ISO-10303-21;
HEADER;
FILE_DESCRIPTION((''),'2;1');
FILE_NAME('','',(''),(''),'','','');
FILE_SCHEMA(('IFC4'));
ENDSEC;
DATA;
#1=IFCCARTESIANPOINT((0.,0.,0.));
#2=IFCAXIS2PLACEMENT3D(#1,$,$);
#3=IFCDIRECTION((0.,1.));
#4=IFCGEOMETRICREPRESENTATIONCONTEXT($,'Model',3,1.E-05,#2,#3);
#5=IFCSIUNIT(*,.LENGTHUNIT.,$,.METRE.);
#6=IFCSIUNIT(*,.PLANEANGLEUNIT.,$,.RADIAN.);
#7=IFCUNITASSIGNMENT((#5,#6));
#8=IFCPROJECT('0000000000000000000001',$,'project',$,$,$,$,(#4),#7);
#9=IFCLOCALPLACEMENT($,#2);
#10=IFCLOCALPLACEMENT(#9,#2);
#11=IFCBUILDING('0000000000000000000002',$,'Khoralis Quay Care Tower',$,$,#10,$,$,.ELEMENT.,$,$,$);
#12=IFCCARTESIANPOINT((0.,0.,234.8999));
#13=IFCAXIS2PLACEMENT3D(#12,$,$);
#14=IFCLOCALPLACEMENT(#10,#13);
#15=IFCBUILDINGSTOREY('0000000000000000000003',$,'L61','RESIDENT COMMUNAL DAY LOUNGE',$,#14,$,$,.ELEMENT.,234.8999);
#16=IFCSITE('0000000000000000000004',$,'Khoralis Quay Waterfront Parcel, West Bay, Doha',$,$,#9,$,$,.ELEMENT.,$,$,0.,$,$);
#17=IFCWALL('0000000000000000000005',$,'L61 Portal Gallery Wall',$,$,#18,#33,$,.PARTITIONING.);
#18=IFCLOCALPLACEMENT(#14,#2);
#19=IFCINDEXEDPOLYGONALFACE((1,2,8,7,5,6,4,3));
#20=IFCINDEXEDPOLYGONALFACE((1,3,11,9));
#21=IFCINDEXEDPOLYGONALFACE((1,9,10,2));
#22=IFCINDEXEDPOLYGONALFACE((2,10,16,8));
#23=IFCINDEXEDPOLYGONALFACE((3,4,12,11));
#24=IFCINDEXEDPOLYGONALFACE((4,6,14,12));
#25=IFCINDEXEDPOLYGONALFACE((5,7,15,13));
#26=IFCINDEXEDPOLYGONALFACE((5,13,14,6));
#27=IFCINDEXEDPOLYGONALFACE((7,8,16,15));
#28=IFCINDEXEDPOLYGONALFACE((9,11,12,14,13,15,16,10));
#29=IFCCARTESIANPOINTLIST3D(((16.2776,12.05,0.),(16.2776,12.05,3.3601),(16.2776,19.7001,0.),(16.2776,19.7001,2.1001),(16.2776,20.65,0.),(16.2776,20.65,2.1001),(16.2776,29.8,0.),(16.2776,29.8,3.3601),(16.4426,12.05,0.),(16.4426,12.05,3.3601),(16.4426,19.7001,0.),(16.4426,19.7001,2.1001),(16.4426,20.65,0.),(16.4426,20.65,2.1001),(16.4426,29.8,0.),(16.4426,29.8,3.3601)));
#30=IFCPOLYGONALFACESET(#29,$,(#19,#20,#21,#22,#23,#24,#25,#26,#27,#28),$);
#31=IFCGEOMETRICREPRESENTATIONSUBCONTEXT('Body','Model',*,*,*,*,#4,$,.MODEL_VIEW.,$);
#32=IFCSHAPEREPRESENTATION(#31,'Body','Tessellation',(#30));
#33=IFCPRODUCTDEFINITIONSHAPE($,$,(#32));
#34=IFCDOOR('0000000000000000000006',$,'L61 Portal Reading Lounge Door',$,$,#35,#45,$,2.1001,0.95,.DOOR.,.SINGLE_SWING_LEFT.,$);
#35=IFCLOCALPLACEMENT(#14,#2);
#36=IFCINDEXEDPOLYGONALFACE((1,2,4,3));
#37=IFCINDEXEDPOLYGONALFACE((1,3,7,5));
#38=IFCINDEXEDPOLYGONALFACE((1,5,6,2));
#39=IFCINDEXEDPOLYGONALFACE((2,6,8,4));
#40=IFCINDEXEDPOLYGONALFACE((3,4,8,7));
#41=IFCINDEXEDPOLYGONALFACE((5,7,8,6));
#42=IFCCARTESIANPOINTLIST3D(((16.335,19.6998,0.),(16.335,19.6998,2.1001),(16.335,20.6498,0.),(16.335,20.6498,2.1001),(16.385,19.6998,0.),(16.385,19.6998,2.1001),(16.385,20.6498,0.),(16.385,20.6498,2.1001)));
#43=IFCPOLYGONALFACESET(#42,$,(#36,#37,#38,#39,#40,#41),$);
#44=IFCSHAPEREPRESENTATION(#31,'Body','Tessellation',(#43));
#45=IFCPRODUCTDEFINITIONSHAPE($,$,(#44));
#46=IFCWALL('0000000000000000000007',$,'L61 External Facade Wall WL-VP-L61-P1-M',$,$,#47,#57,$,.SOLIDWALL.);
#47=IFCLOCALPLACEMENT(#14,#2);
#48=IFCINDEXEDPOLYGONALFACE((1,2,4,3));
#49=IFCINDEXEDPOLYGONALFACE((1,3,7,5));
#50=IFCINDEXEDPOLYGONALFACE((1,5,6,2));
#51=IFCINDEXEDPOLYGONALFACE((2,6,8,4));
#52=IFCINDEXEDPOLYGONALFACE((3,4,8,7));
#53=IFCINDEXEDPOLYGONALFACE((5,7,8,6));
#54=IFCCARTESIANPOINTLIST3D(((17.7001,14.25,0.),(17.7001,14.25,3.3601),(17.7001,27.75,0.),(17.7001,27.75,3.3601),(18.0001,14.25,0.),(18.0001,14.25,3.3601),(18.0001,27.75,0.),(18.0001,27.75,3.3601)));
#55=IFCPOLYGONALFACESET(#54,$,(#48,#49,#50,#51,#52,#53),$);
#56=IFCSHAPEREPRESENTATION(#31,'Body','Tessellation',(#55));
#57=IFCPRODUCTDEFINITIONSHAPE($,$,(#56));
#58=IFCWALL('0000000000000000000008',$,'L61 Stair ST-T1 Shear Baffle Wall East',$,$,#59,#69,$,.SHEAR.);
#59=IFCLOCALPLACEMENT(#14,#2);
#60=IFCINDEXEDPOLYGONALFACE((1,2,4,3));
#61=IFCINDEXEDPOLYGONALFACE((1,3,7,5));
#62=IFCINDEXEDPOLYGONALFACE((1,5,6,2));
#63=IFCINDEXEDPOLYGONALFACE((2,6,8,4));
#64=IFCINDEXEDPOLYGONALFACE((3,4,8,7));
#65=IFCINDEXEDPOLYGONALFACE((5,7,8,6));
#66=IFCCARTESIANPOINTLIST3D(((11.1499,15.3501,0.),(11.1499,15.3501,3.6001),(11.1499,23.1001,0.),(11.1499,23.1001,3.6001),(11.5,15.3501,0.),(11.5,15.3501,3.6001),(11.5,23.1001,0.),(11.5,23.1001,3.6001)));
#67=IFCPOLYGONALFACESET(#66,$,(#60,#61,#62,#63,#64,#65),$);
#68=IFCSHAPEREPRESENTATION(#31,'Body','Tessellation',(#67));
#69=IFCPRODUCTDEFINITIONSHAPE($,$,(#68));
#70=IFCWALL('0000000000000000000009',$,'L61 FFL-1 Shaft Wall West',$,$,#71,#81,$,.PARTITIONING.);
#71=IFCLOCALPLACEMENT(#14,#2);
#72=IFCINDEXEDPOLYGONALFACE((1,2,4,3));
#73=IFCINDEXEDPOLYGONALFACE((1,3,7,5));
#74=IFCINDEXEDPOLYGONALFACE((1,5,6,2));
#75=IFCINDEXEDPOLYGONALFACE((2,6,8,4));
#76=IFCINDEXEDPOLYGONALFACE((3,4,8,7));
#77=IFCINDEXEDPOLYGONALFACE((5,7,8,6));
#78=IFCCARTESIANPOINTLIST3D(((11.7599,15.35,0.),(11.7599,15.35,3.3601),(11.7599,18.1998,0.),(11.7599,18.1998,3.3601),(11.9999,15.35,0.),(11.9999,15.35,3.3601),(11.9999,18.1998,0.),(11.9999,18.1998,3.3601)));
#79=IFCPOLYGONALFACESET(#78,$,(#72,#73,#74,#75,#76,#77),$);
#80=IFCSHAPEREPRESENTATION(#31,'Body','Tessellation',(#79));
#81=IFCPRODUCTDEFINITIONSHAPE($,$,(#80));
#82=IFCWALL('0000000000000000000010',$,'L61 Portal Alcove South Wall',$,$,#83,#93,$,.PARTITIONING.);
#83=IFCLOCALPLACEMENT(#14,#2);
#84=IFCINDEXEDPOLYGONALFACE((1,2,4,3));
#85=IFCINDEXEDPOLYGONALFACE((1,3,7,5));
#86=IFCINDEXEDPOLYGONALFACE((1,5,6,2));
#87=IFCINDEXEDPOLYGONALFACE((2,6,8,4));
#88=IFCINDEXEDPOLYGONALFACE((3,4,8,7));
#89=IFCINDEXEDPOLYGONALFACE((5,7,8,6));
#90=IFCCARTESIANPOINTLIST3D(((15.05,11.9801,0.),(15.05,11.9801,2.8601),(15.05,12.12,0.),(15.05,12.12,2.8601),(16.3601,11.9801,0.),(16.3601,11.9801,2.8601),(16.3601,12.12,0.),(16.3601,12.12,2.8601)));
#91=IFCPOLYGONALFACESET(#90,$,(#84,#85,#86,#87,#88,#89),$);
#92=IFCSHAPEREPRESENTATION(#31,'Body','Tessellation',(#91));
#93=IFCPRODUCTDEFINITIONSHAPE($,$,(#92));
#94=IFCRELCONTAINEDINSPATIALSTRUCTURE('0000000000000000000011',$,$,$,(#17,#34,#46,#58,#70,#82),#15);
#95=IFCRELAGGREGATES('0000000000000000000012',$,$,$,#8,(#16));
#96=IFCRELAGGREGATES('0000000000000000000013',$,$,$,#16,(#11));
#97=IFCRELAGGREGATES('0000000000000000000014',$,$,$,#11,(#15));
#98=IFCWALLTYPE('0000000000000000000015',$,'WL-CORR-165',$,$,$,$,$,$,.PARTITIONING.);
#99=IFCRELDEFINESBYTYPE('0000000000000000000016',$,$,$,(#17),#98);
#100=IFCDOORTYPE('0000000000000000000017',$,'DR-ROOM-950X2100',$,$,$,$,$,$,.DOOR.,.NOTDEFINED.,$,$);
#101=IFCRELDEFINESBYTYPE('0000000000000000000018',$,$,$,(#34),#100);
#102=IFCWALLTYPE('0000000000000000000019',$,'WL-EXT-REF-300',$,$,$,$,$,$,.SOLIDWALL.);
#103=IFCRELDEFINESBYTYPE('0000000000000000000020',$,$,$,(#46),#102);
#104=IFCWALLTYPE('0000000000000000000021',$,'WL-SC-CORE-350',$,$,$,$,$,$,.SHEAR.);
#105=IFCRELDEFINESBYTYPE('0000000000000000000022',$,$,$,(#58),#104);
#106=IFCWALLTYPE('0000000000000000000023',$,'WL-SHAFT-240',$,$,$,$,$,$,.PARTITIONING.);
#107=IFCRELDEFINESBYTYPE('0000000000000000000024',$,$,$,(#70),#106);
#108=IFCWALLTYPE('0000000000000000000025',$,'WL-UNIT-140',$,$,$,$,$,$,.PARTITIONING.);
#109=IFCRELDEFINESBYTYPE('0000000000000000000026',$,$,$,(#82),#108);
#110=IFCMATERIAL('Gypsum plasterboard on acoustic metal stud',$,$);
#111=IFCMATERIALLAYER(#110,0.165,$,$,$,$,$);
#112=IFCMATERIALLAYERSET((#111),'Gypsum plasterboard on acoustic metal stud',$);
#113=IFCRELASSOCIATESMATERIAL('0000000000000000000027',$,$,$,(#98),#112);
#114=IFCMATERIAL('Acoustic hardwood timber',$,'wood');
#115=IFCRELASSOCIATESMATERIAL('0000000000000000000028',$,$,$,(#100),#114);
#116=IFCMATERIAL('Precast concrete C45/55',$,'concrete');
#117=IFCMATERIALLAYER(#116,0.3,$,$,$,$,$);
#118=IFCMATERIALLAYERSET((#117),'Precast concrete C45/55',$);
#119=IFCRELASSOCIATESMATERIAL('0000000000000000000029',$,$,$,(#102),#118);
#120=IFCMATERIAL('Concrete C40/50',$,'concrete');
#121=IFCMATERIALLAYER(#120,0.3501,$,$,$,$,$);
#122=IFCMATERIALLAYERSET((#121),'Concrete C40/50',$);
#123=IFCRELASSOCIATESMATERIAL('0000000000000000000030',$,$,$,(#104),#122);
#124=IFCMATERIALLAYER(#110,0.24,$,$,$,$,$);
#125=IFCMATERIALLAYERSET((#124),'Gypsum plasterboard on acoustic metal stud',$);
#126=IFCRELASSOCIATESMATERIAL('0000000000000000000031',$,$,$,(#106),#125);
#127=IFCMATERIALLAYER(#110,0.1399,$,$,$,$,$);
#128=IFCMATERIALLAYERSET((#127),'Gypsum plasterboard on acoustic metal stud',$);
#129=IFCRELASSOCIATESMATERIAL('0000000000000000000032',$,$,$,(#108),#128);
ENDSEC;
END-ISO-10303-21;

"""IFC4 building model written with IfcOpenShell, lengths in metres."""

from ifc_helpers import new_model, si_unit, direction, frame, frame_2d, origin, place, context, subcontext, project, spatial, rectangle, extrude, source, transform, mapped, material, layer, layer_set, type_object, element, fill, save


model = new_model("IFC4")

# Units and contexts
model_context = context("Model", 3, precision=1e-05, world=origin(), true_north=direction((0.0, 1.0)))
body_context = subcontext(model_context, "Body", "Model", "MODEL_VIEW")
ifc_project = project(units=[si_unit("LENGTHUNIT", "METRE"), si_unit("PLANEANGLEUNIT", "RADIAN")], contexts=[model_context])

# Site, building, storey
site_placement = place(None, origin())
site = spatial("IfcSite", under=ifc_project, at=site_placement, Name="Khoralis Quay Waterfront Parcel, West Bay, Doha", CompositionType="ELEMENT", RefElevation=0.0)
building_placement = place(site_placement, origin())
building = spatial("IfcBuilding", under=site, at=building_placement, Name="Khoralis Quay Care Tower", CompositionType="ELEMENT")
storey_placement = place(building_placement, frame((0.0, 0.0, 234.8999)))
storey = spatial("IfcBuildingStorey", under=building, at=storey_placement, Name="L61", Description="RESIDENT COMMUNAL DAY LOUNGE", CompositionType="ELEMENT", Elevation=234.8999)

# Shared definitions
ifc_material_1 = material(Name="Gypsum plasterboard on acoustic metal stud")

# Wall, opening, door
ifc_layer_1 = layer(ifc_material_1, 0.165)
ifc_layer_set_1 = layer_set([ifc_layer_1], Name="Gypsum plasterboard on acoustic metal stud")
wall_type_1 = type_object("IfcWallType", Name="WL-CORR-165", PredefinedType="PARTITIONING", material=ifc_layer_set_1)
wall_1_placement = place(storey_placement, frame((16.3601, 12.05, 0.0), z_axis=(0.0, 0.0, 1.0), x_axis=(0.0, 1.0, 0.0)))
wall_1 = element("IfcWall", 1, at=wall_1_placement, inside=storey, type_object=wall_type_1, Name="L61 Portal Gallery Wall", PredefinedType="PARTITIONING", context=body_context, shape_type="SweptSolid", body=[
    extrude(rectangle(XDim=17.75, YDim=0.165, at=frame_2d((8.875, 0.0))), origin(), (0.0, 0.0, 1.0), 3.3601),
])
opening_1_placement = place(wall_1_placement, frame((7.6499, 0.0, 0.0)))
opening_1 = element("IfcOpeningElement", 2, at=opening_1_placement, cuts=wall_1, PredefinedType="OPENING", context=body_context, shape_type="SweptSolid", body=[
    extrude(rectangle(XDim=0.95, YDim=2.1001, at=frame_2d((0.4751, 1.05))), frame((0.0, 0.0925, 0.0), z_axis=(0.0, -1.0, 0.0), x_axis=(1.0, 0.0, 0.0)), (0.0, 0.0, 1.0), 0.1851),
])
ifc_material_2 = material(Name="Acoustic hardwood timber", Category="wood")
door_type_1 = type_object("IfcDoorType", Name="DR-ROOM-950X2100", OperationType="NOTDEFINED", PredefinedType="DOOR", material=ifc_material_2)
shared_shape_1 = source(origin(), body_context, "Body", "SweptSolid", [
    extrude(rectangle(XDim=0.95, YDim=2.1001, at=frame_2d((0.4751, 1.05))), frame((0.0, 0.0249, 0.0), z_axis=(0.0, -1.0, 0.0), x_axis=(1.0, 0.0, 0.0)), (0.0, 0.0, 1.0), 0.05),
])
door_1_placement = place(opening_1_placement, frame((0.95, 0.0, 0.0), z_axis=(0.0, 0.0, 1.0), x_axis=(-1.0, 0.0, 0.0)))
door_1 = element("IfcDoor", 3, at=door_1_placement, inside=storey, type_object=door_type_1, Name="L61 Portal Reading Lounge Door", OperationType="SINGLE_SWING_LEFT", OverallHeight=2.1001, OverallWidth=0.95, PredefinedType="DOOR", context=body_context, shape_type="MappedRepresentation", body=[
    mapped(shared_shape_1, transform((0.0, 0.0, 0.0), scale=1.0)),
])
fill(opening_1, door_1)

# Walls
ifc_material_3 = material(Name="Precast concrete C45/55", Category="concrete")
ifc_layer_2 = layer(ifc_material_3, 0.3)
ifc_layer_set_2 = layer_set([ifc_layer_2], Name="Precast concrete C45/55")
wall_type_2 = type_object("IfcWallType", Name="WL-EXT-REF-300", PredefinedType="SOLIDWALL", material=ifc_layer_set_2)
wall_2_placement = place(storey_placement, frame((17.8501, 14.25, 0.0), z_axis=(0.0, 0.0, 1.0), x_axis=(0.0, 1.0, 0.0)))
element("IfcWall", 4, at=wall_2_placement, inside=storey, type_object=wall_type_2, Name="L61 External Facade Wall WL-VP-L61-P1-M", PredefinedType="SOLIDWALL", context=body_context, shape_type="SweptSolid", body=[
    extrude(rectangle(XDim=13.5, YDim=0.3, at=frame_2d((6.75, 0.0))), origin(), (0.0, 0.0, 1.0), 3.3601),
])
ifc_material_4 = material(Name="Concrete C40/50", Category="concrete")
ifc_layer_3 = layer(ifc_material_4, 0.3501)
ifc_layer_set_3 = layer_set([ifc_layer_3], Name="Concrete C40/50")
wall_type_3 = type_object("IfcWallType", Name="WL-SC-CORE-350", PredefinedType="SHEAR", material=ifc_layer_set_3)
wall_3_placement = place(storey_placement, frame((11.325, 15.3501, 0.0), z_axis=(0.0, 0.0, 1.0), x_axis=(0.0, 1.0, 0.0)))
element("IfcWall", 5, at=wall_3_placement, inside=storey, type_object=wall_type_3, Name="L61 Stair ST-T1 Shear Baffle Wall East", PredefinedType="SHEAR", context=body_context, shape_type="SweptSolid", body=[
    extrude(rectangle(XDim=7.75, YDim=0.3501, at=frame_2d((3.875, 0.0))), origin(), (0.0, 0.0, 1.0), 3.6001),
])
ifc_layer_4 = layer(ifc_material_1, 0.24)
ifc_layer_set_4 = layer_set([ifc_layer_4], Name="Gypsum plasterboard on acoustic metal stud")
wall_type_4 = type_object("IfcWallType", Name="WL-SHAFT-240", PredefinedType="PARTITIONING", material=ifc_layer_set_4)
wall_4_placement = place(storey_placement, frame((11.8799, 15.3501, 0.0), z_axis=(0.0, 0.0, 1.0), x_axis=(0.0, 1.0, 0.0)))
element("IfcWall", 6, at=wall_4_placement, inside=storey, type_object=wall_type_4, Name="L61 FFL-1 Shaft Wall West", PredefinedType="PARTITIONING", context=body_context, shape_type="SweptSolid", body=[
    extrude(rectangle(XDim=2.8499, YDim=0.24, at=frame_2d((1.4248, 0.0))), origin(), (0.0, 0.0, 1.0), 3.3601),
])
ifc_layer_5 = layer(ifc_material_1, 0.1399)
ifc_layer_set_5 = layer_set([ifc_layer_5], Name="Gypsum plasterboard on acoustic metal stud")
wall_type_5 = type_object("IfcWallType", Name="WL-UNIT-140", PredefinedType="PARTITIONING", material=ifc_layer_set_5)
wall_5_placement = place(storey_placement, frame((15.05, 12.05, 0.0), z_axis=(0.0, 0.0, 1.0), x_axis=(1.0, 0.0, 0.0)))
element("IfcWall", 7, at=wall_5_placement, inside=storey, type_object=wall_type_5, Name="L61 Portal Alcove South Wall", PredefinedType="PARTITIONING", context=body_context, shape_type="SweptSolid", body=[
    extrude(rectangle(XDim=1.3101, YDim=0.1399, at=frame_2d((0.655, 0.0))), origin(), (0.0, 0.0, 1.0), 2.8601),
])

save(model, "model.ifc")
